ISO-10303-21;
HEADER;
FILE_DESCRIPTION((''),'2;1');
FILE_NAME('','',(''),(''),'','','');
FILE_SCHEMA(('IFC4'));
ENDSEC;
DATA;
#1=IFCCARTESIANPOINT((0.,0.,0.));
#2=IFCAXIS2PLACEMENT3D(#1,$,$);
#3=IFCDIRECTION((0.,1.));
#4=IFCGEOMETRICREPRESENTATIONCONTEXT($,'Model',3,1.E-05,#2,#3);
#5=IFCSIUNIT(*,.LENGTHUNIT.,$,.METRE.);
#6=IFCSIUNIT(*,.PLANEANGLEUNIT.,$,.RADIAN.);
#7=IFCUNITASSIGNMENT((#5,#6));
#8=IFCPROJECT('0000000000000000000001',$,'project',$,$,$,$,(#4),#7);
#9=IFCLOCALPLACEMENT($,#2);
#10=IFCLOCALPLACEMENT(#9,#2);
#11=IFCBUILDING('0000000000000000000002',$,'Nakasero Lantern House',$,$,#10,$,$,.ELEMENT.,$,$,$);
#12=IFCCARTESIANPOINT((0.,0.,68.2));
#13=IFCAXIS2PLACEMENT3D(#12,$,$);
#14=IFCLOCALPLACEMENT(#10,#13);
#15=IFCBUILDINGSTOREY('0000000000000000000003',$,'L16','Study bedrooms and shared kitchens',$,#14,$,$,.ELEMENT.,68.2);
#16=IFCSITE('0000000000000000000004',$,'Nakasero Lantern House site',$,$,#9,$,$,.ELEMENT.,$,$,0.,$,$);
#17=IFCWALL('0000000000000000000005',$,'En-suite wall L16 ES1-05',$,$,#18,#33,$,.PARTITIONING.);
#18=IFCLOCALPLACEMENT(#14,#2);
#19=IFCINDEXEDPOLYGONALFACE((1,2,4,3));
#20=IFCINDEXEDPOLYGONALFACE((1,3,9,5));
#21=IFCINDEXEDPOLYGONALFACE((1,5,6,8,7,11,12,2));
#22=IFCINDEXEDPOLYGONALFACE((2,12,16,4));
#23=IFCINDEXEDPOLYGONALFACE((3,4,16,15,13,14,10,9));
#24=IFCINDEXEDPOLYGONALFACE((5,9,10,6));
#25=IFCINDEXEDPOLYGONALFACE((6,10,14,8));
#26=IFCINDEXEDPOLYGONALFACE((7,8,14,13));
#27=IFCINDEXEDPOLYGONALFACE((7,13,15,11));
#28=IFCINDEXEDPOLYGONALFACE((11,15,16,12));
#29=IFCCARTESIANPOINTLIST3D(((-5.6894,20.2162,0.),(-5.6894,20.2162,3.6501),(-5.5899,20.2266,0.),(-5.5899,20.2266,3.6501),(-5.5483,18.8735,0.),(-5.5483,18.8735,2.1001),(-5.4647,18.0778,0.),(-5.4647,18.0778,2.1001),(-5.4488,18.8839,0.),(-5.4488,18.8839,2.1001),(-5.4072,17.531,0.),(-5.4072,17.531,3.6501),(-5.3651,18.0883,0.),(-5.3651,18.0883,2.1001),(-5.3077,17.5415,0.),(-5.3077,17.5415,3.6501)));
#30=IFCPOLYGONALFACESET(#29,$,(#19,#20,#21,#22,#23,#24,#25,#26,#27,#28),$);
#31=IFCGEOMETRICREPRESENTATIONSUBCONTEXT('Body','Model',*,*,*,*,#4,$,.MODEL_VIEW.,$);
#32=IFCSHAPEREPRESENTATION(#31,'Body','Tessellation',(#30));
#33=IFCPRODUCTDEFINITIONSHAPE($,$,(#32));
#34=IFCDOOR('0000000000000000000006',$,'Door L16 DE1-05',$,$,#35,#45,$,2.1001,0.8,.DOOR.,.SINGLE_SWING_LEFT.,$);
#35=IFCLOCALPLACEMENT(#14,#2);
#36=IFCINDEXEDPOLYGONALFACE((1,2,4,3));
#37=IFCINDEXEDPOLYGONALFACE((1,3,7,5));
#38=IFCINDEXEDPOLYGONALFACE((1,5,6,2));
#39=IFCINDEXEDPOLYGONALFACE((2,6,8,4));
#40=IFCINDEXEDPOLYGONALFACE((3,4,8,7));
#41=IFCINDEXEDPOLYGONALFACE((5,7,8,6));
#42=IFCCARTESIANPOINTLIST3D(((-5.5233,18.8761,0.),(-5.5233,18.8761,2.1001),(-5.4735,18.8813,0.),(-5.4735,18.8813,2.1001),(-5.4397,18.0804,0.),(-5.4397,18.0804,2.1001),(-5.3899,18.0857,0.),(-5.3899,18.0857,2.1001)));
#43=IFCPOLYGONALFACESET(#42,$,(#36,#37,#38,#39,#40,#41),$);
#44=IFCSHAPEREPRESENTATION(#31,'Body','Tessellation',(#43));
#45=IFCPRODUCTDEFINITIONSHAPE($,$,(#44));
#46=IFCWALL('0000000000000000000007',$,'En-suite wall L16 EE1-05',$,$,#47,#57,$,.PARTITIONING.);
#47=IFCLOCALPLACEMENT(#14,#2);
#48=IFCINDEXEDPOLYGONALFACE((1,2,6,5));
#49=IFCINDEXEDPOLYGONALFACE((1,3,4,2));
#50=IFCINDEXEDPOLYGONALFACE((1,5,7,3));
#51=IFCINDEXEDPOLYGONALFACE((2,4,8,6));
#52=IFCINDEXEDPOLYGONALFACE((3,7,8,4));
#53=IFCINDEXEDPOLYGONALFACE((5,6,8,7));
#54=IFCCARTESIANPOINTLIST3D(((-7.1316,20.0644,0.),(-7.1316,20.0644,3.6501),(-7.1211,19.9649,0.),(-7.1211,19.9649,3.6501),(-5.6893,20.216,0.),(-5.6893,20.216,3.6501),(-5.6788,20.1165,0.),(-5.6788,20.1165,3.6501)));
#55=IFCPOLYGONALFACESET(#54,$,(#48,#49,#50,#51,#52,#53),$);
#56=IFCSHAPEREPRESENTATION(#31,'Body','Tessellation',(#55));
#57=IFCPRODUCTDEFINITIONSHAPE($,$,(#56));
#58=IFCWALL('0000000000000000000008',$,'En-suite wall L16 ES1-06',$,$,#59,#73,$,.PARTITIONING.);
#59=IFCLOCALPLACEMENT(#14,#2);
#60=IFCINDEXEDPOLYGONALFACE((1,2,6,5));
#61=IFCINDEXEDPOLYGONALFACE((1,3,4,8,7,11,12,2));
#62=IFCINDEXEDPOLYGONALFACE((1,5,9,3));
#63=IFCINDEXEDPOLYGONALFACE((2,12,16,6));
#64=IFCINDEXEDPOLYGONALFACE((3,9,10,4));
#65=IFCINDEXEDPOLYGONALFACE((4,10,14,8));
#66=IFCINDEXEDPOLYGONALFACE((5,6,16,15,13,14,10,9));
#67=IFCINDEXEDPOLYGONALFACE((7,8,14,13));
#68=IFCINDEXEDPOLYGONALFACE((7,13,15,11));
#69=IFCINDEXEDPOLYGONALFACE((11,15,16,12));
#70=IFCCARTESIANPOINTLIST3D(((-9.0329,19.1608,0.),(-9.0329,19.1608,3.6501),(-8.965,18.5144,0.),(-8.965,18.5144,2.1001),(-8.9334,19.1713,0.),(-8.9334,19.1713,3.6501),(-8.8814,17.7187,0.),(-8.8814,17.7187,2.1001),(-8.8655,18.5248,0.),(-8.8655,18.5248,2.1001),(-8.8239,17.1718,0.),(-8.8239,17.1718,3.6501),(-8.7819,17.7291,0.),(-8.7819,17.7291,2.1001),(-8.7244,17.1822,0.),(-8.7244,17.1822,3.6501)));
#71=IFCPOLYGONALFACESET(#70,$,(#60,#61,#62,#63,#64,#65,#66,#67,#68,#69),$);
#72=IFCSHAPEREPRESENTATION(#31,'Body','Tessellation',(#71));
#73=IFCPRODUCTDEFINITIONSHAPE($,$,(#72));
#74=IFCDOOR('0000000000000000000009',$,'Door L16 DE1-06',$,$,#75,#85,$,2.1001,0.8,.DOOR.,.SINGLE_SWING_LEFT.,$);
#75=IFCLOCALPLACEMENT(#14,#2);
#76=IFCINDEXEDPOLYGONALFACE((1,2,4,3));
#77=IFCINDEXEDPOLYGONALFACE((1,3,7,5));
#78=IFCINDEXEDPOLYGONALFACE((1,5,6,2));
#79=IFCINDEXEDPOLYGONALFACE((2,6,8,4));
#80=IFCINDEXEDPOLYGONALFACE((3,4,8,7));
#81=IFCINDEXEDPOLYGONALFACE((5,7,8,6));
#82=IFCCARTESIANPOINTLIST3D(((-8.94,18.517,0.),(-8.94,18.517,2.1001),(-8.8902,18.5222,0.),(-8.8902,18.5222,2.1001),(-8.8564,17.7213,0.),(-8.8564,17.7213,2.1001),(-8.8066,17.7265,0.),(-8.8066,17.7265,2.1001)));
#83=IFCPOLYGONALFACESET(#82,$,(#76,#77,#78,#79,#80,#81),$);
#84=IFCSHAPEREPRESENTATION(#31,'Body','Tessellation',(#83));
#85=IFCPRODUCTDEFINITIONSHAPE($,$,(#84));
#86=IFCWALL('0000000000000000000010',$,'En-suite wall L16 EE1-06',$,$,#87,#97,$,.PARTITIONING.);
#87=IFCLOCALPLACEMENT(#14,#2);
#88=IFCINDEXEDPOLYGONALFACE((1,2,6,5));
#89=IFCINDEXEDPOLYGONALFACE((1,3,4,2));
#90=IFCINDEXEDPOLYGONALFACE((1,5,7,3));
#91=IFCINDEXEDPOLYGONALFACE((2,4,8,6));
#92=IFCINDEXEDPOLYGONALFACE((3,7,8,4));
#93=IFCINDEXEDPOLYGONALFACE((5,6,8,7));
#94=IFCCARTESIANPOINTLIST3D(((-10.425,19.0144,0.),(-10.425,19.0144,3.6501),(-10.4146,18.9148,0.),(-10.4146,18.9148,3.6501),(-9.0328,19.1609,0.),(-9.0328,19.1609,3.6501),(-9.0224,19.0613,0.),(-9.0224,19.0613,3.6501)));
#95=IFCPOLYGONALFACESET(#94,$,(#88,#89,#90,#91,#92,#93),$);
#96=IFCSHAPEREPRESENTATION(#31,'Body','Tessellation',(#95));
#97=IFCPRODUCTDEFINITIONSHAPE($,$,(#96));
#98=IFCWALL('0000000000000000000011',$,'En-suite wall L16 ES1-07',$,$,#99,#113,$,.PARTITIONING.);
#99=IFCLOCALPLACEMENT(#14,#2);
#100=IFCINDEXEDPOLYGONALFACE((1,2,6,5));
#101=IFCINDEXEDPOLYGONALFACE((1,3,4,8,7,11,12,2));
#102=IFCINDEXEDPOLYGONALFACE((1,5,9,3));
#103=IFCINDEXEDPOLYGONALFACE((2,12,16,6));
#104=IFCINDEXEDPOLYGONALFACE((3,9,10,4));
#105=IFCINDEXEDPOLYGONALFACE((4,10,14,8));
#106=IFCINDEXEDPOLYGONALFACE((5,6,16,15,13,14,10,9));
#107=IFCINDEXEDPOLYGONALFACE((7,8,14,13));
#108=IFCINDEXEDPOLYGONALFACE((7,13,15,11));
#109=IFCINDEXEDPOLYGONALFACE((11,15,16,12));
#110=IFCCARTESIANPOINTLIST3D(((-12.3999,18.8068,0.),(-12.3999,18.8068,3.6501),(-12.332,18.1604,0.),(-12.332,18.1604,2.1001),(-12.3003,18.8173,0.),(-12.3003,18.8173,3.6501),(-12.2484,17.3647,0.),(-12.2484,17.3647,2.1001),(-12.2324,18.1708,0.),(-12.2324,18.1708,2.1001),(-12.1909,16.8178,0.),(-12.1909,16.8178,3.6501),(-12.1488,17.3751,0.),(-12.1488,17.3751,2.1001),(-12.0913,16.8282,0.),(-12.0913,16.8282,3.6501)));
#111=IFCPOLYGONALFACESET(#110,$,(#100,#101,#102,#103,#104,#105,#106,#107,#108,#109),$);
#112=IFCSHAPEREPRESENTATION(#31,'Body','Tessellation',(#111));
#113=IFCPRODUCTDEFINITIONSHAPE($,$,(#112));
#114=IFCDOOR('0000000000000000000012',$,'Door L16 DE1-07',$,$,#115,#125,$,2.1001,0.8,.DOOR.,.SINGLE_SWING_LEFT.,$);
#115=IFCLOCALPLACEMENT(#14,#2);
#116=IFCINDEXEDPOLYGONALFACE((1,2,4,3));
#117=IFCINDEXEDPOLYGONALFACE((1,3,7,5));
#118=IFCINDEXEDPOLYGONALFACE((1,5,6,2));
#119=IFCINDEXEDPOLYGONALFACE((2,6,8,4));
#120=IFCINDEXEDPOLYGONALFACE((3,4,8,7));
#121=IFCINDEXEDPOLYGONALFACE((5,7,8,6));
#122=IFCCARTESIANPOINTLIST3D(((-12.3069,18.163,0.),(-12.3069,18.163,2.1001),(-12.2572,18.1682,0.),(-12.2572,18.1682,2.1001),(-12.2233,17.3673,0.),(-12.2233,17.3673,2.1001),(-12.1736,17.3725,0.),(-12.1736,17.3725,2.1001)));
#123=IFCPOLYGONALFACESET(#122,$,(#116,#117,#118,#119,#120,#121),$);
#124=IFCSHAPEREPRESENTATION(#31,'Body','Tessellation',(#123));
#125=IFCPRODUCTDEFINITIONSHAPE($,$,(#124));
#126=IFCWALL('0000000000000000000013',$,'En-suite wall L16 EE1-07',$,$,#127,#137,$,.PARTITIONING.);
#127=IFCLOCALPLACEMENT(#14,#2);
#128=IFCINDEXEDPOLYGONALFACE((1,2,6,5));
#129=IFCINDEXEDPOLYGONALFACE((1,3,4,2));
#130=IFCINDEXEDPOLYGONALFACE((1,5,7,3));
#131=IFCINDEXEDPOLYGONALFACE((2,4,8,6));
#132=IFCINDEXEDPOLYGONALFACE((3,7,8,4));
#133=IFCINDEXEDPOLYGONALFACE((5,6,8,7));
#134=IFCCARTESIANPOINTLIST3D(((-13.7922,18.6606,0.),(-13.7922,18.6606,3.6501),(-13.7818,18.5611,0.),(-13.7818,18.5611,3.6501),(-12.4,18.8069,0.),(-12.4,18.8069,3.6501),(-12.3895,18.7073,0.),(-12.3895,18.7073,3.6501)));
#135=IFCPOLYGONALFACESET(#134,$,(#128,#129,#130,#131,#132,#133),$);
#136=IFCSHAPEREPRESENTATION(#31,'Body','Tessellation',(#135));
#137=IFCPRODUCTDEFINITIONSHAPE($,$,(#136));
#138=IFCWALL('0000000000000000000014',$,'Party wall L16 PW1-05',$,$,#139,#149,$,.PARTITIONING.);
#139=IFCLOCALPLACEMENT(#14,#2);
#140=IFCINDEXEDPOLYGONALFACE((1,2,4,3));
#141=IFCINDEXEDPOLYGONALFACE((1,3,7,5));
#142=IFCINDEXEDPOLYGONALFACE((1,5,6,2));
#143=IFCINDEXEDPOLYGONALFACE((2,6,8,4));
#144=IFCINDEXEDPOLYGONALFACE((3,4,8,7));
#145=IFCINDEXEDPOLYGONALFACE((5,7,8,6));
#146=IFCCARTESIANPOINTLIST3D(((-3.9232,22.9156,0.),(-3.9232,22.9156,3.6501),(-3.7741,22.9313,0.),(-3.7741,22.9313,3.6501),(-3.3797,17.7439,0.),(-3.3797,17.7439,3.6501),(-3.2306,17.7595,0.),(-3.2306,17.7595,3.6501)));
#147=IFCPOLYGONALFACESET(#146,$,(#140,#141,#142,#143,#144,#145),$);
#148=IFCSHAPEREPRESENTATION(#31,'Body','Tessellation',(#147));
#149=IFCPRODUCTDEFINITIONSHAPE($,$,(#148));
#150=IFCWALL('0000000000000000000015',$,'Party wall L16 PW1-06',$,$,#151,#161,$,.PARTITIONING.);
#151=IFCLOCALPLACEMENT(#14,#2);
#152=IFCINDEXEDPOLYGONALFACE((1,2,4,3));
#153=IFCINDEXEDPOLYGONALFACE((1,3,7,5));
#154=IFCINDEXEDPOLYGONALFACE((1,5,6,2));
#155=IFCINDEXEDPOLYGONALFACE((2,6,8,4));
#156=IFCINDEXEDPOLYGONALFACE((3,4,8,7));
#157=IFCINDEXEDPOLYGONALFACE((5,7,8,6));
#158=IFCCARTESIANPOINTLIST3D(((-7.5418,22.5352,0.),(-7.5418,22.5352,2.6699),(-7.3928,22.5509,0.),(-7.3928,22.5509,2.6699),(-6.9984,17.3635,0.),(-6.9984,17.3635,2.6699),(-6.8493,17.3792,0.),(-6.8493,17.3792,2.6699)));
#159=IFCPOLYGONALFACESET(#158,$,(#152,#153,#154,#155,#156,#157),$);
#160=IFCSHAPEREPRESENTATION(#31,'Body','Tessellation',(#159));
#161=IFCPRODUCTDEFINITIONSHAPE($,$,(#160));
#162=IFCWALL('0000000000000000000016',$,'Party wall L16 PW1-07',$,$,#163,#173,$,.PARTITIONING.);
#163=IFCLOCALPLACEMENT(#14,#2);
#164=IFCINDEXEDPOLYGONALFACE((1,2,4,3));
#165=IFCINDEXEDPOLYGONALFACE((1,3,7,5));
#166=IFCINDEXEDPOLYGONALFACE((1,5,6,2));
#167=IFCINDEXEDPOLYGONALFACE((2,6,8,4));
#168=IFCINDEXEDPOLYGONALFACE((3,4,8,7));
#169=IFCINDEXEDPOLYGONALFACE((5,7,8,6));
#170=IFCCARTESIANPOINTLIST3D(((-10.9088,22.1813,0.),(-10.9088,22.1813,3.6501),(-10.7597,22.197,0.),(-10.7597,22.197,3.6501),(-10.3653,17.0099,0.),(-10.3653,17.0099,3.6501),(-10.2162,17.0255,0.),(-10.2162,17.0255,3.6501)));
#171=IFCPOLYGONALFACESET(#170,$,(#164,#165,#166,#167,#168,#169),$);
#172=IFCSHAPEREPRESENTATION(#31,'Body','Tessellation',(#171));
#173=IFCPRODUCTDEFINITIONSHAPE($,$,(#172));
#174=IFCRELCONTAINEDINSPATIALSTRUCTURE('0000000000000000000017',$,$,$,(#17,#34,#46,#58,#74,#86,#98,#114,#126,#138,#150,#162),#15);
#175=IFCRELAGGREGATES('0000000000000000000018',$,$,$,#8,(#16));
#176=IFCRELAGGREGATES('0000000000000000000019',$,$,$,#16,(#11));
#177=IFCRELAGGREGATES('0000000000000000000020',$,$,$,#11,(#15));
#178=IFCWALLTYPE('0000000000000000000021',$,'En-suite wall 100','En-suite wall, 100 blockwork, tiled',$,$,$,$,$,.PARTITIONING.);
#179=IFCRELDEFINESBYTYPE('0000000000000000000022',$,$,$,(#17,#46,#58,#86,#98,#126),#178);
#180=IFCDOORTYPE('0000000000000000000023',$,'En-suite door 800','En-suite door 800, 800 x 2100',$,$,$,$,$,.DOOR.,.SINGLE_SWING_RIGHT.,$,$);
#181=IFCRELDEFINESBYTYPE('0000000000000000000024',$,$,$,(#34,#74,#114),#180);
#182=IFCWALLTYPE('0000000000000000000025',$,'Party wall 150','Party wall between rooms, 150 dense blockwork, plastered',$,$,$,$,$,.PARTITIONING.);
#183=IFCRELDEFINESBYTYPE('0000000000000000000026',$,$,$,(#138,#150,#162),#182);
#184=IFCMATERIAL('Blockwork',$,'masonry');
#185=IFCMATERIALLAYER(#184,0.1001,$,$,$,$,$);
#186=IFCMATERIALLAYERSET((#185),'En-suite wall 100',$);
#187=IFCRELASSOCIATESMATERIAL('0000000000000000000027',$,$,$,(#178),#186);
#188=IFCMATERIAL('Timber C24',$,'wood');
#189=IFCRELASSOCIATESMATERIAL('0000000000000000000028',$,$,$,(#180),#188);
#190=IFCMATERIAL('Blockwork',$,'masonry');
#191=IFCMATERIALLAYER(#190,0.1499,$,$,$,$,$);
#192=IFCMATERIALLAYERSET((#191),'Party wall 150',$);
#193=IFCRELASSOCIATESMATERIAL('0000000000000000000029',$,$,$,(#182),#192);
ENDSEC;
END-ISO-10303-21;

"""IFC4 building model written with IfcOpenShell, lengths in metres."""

from ifc_helpers import new_model, si_unit, direction, frame, frame_2d, origin, place, context, subcontext, project, spatial, rectangle, extrude, material, layer, layer_set, type_object, element, fill, save


model = new_model("IFC4")

# Units and contexts
model_context = context("Model", 3, precision=1e-05, world=origin(), true_north=direction((0.0, 1.0)))
body_context = subcontext(model_context, "Body", "Model", "MODEL_VIEW")
ifc_project = project(units=[si_unit("LENGTHUNIT", "METRE"), si_unit("PLANEANGLEUNIT", "RADIAN")], contexts=[model_context])

# Site, building, storey
site_placement = place(None, origin())
site = spatial("IfcSite", under=ifc_project, at=site_placement, Name="Nakasero Lantern House site", CompositionType="ELEMENT", RefElevation=0.0)
building_placement = place(site_placement, origin())
building = spatial("IfcBuilding", under=site, at=building_placement, Name="Nakasero Lantern House", CompositionType="ELEMENT")
storey_placement = place(building_placement, frame((0.0, 0.0, 68.2)))
storey = spatial("IfcBuildingStorey", under=building, at=storey_placement, Name="L16", Description="Study bedrooms and shared kitchens", CompositionType="ELEMENT", Elevation=68.2)

# Shared definitions
ifc_material_1 = material(Name="Blockwork", Category="masonry")
ifc_layer_1 = layer(ifc_material_1, 0.1001)
ifc_layer_set_1 = layer_set([ifc_layer_1], Name="En-suite wall 100")
wall_type_1 = type_object("IfcWallType", Name="En-suite wall 100", Description="En-suite wall, 100 blockwork, tiled", PredefinedType="PARTITIONING", material=ifc_layer_set_1)
ifc_material_2 = material(Name="Timber C24", Category="wood")
door_type = type_object("IfcDoorType", Name="En-suite door 800", Description="En-suite door 800, 800 x 2100", OperationType="SINGLE_SWING_RIGHT", PredefinedType="DOOR", material=ifc_material_2)

# Wall, opening, door
wall_1_placement = place(storey_placement, frame((-5.3574, 17.5361, 0.0), z_axis=(0.0, 0.0, 1.0), x_axis=(-0.104534, 0.994521, 0.0)))
wall_1 = element("IfcWall", 1, at=wall_1_placement, inside=storey, type_object=wall_type_1, Name="En-suite wall L16 ES1-05", PredefinedType="PARTITIONING", context=body_context, shape_type="SweptSolid", body=[
    extrude(rectangle(XDim=2.7, YDim=0.1001, at=frame_2d((1.3501, 0.0))), origin(), (0.0, 0.0, 1.0), 3.6501),
])
opening_1_placement = place(wall_1_placement, frame((0.55, 0.0, 0.0)))
opening_1 = element("IfcOpeningElement", 2, at=opening_1_placement, cuts=wall_1, PredefinedType="OPENING", context=body_context, shape_type="SweptSolid", body=[
    extrude(rectangle(XDim=0.8, YDim=2.1001, at=frame_2d((0.3999, 1.05))), frame((0.0, 0.0701, 0.0), z_axis=(0.0, -1.0, 0.0), x_axis=(1.0, 0.0, 0.0)), (0.0, 0.0, 1.0), 0.1401),
])
door_1_placement = place(opening_1_placement, origin())
door_1 = element("IfcDoor", 3, at=door_1_placement, inside=storey, type_object=door_type, Name="Door L16 DE1-05", OperationType="SINGLE_SWING_LEFT", OverallHeight=2.1001, OverallWidth=0.8, PredefinedType="DOOR", context=body_context, shape_type="SweptSolid", body=[
    extrude(rectangle(XDim=0.8, YDim=2.1001, at=frame_2d((0.3999, 1.05))), frame((0.0, 0.0249, 0.0), z_axis=(0.0, -1.0, 0.0), x_axis=(1.0, 0.0, 0.0)), (0.0, 0.0, 1.0), 0.05),
])
fill(opening_1, door_1)

# Wall
wall_2_placement = place(storey_placement, frame((-5.6841, 20.1663, 0.0), z_axis=(0.0, 0.0, 1.0), x_axis=(-0.994519, -0.104553, 0.0)))
element("IfcWall", 4, at=wall_2_placement, inside=storey, type_object=wall_type_1, Name="En-suite wall L16 EE1-05", PredefinedType="PARTITIONING", context=body_context, shape_type="SweptSolid", body=[
    extrude(rectangle(XDim=1.4502, YDim=0.1001, at=frame_2d((0.7251, 0.0))), origin(), (0.0, 0.0, 1.0), 3.6501),
])

# Wall, opening, door
wall_3_placement = place(storey_placement, frame((-8.7742, 17.177, 0.0), z_axis=(0.0, 0.0, 1.0), x_axis=(-0.104494, 0.994526, 0.0)))
wall_3 = element("IfcWall", 5, at=wall_3_placement, inside=storey, type_object=wall_type_1, Name="En-suite wall L16 ES1-06", PredefinedType="PARTITIONING", context=body_context, shape_type="SweptSolid", body=[
    extrude(rectangle(XDim=2.0, YDim=0.1001, at=frame_2d((1.0, 0.0))), origin(), (0.0, 0.0, 1.0), 3.6501),
])
opening_2_placement = place(wall_3_placement, frame((0.55, 0.0, 0.0)))
opening_2 = element("IfcOpeningElement", 6, at=opening_2_placement, cuts=wall_3, PredefinedType="OPENING", context=body_context, shape_type="SweptSolid", body=[
    extrude(rectangle(XDim=0.8, YDim=2.1001, at=frame_2d((0.3999, 1.05))), frame((0.0, 0.0701, 0.0), z_axis=(0.0, -1.0, 0.0), x_axis=(1.0, 0.0, 0.0)), (0.0, 0.0, 1.0), 0.1401),
])
door_2_placement = place(opening_2_placement, origin())
door_2 = element("IfcDoor", 7, at=door_2_placement, inside=storey, type_object=door_type, Name="Door L16 DE1-06", OperationType="SINGLE_SWING_LEFT", OverallHeight=2.1001, OverallWidth=0.8, PredefinedType="DOOR", context=body_context, shape_type="SweptSolid", body=[
    extrude(rectangle(XDim=0.8, YDim=2.1001, at=frame_2d((0.3999, 1.05))), frame((0.0, 0.0249, 0.0), z_axis=(0.0, -1.0, 0.0), x_axis=(1.0, 0.0, 0.0)), (0.0, 0.0, 1.0), 0.05),
])
fill(opening_2, door_2)

# Wall
wall_4_placement = place(storey_placement, frame((-9.0276, 19.1111, 0.0), z_axis=(0.0, 0.0, 1.0), x_axis=(-0.994511, -0.10463, 0.0)))
element("IfcWall", 8, at=wall_4_placement, inside=storey, type_object=wall_type_1, Name="En-suite wall L16 EE1-06", PredefinedType="PARTITIONING", context=body_context, shape_type="SweptSolid", body=[
    extrude(rectangle(XDim=1.3999, YDim=0.1001, at=frame_2d((0.7, 0.0))), origin(), (0.0, 0.0, 1.0), 3.6501),
])

# Wall, opening, door
wall_5_placement = place(storey_placement, frame((-12.1411, 16.823, 0.0), z_axis=(0.0, 0.0, 1.0), x_axis=(-0.104494, 0.994526, 0.0)))
wall_5 = element("IfcWall", 9, at=wall_5_placement, inside=storey, type_object=wall_type_1, Name="En-suite wall L16 ES1-07", PredefinedType="PARTITIONING", context=body_context, shape_type="SweptSolid", body=[
    extrude(rectangle(XDim=2.0, YDim=0.1001, at=frame_2d((1.0, 0.0))), origin(), (0.0, 0.0, 1.0), 3.6501),
])
opening_3_placement = place(wall_5_placement, frame((0.55, 0.0, 0.0)))
opening_3 = element("IfcOpeningElement", 10, at=opening_3_placement, cuts=wall_5, PredefinedType="OPENING", context=body_context, shape_type="SweptSolid", body=[
    extrude(rectangle(XDim=0.8, YDim=2.1001, at=frame_2d((0.3999, 1.05))), frame((0.0, 0.0701, 0.0), z_axis=(0.0, -1.0, 0.0), x_axis=(1.0, 0.0, 0.0)), (0.0, 0.0, 1.0), 0.1401),
])
door_3_placement = place(opening_3_placement, origin())
door_3 = element("IfcDoor", 11, at=door_3_placement, inside=storey, type_object=door_type, Name="Door L16 DE1-07", OperationType="SINGLE_SWING_LEFT", OverallHeight=2.1001, OverallWidth=0.8, PredefinedType="DOOR", context=body_context, shape_type="SweptSolid", body=[
    extrude(rectangle(XDim=0.8, YDim=2.1001, at=frame_2d((0.3999, 1.05))), frame((0.0, 0.0249, 0.0), z_axis=(0.0, -1.0, 0.0), x_axis=(1.0, 0.0, 0.0)), (0.0, 0.0, 1.0), 0.05),
])
fill(opening_3, door_3)

# Walls
wall_6_placement = place(storey_placement, frame((-12.3948, 18.7571, 0.0), z_axis=(0.0, 0.0, 1.0), x_axis=(-0.994529, -0.104458, 0.0)))
element("IfcWall", 12, at=wall_6_placement, inside=storey, type_object=wall_type_1, Name="En-suite wall L16 EE1-07", PredefinedType="PARTITIONING", context=body_context, shape_type="SweptSolid", body=[
    extrude(rectangle(XDim=1.3999, YDim=0.1001, at=frame_2d((0.7, 0.0))), origin(), (0.0, 0.0, 1.0), 3.6501),
])
ifc_material_3 = material(Name="Blockwork", Category="masonry")
ifc_layer_2 = layer(ifc_material_3, 0.1499)
ifc_layer_set_2 = layer_set([ifc_layer_2], Name="Party wall 150")
wall_type_2 = type_object("IfcWallType", Name="Party wall 150", Description="Party wall between rooms, 150 dense blockwork, plastered", PredefinedType="PARTITIONING", material=ifc_layer_set_2)
wall_7_placement = place(storey_placement, frame((-3.3052, 17.7517, 0.0), z_axis=(0.0, 0.0, 1.0), x_axis=(-0.104509, 0.994524, 0.0)))
element("IfcWall", 13, at=wall_7_placement, inside=storey, type_object=wall_type_2, Name="Party wall L16 PW1-05", PredefinedType="PARTITIONING", context=body_context, shape_type="SweptSolid", body=[
    extrude(rectangle(XDim=5.2002, YDim=0.1499, at=frame_2d((2.6001, 0.0))), origin(), (0.0, 0.0, 1.0), 3.6501),
])
wall_8_placement = place(storey_placement, frame((-6.9238, 17.3713, 0.0), z_axis=(0.0, 0.0, 1.0), x_axis=(-0.104509, 0.994524, 0.0)))
element("IfcWall", 14, at=wall_8_placement, inside=storey, type_object=wall_type_2, Name="Party wall L16 PW1-06", PredefinedType="PARTITIONING", context=body_context, shape_type="SweptSolid", body=[
    extrude(rectangle(XDim=5.2002, YDim=0.1499, at=frame_2d((2.6001, 0.0))), origin(), (0.0, 0.0, 1.0), 2.6699),
])
wall_9_placement = place(storey_placement, frame((-10.2908, 17.0176, 0.0), z_axis=(0.0, 0.0, 1.0), x_axis=(-0.104514, 0.994523, 0.0)))
element("IfcWall", 15, at=wall_9_placement, inside=storey, type_object=wall_type_2, Name="Party wall L16 PW1-07", PredefinedType="PARTITIONING", context=body_context, shape_type="SweptSolid", body=[
    extrude(rectangle(XDim=5.2, YDim=0.1499, at=frame_2d((2.6001, 0.0))), origin(), (0.0, 0.0, 1.0), 3.6501),
])

save(model, "model.ifc")
